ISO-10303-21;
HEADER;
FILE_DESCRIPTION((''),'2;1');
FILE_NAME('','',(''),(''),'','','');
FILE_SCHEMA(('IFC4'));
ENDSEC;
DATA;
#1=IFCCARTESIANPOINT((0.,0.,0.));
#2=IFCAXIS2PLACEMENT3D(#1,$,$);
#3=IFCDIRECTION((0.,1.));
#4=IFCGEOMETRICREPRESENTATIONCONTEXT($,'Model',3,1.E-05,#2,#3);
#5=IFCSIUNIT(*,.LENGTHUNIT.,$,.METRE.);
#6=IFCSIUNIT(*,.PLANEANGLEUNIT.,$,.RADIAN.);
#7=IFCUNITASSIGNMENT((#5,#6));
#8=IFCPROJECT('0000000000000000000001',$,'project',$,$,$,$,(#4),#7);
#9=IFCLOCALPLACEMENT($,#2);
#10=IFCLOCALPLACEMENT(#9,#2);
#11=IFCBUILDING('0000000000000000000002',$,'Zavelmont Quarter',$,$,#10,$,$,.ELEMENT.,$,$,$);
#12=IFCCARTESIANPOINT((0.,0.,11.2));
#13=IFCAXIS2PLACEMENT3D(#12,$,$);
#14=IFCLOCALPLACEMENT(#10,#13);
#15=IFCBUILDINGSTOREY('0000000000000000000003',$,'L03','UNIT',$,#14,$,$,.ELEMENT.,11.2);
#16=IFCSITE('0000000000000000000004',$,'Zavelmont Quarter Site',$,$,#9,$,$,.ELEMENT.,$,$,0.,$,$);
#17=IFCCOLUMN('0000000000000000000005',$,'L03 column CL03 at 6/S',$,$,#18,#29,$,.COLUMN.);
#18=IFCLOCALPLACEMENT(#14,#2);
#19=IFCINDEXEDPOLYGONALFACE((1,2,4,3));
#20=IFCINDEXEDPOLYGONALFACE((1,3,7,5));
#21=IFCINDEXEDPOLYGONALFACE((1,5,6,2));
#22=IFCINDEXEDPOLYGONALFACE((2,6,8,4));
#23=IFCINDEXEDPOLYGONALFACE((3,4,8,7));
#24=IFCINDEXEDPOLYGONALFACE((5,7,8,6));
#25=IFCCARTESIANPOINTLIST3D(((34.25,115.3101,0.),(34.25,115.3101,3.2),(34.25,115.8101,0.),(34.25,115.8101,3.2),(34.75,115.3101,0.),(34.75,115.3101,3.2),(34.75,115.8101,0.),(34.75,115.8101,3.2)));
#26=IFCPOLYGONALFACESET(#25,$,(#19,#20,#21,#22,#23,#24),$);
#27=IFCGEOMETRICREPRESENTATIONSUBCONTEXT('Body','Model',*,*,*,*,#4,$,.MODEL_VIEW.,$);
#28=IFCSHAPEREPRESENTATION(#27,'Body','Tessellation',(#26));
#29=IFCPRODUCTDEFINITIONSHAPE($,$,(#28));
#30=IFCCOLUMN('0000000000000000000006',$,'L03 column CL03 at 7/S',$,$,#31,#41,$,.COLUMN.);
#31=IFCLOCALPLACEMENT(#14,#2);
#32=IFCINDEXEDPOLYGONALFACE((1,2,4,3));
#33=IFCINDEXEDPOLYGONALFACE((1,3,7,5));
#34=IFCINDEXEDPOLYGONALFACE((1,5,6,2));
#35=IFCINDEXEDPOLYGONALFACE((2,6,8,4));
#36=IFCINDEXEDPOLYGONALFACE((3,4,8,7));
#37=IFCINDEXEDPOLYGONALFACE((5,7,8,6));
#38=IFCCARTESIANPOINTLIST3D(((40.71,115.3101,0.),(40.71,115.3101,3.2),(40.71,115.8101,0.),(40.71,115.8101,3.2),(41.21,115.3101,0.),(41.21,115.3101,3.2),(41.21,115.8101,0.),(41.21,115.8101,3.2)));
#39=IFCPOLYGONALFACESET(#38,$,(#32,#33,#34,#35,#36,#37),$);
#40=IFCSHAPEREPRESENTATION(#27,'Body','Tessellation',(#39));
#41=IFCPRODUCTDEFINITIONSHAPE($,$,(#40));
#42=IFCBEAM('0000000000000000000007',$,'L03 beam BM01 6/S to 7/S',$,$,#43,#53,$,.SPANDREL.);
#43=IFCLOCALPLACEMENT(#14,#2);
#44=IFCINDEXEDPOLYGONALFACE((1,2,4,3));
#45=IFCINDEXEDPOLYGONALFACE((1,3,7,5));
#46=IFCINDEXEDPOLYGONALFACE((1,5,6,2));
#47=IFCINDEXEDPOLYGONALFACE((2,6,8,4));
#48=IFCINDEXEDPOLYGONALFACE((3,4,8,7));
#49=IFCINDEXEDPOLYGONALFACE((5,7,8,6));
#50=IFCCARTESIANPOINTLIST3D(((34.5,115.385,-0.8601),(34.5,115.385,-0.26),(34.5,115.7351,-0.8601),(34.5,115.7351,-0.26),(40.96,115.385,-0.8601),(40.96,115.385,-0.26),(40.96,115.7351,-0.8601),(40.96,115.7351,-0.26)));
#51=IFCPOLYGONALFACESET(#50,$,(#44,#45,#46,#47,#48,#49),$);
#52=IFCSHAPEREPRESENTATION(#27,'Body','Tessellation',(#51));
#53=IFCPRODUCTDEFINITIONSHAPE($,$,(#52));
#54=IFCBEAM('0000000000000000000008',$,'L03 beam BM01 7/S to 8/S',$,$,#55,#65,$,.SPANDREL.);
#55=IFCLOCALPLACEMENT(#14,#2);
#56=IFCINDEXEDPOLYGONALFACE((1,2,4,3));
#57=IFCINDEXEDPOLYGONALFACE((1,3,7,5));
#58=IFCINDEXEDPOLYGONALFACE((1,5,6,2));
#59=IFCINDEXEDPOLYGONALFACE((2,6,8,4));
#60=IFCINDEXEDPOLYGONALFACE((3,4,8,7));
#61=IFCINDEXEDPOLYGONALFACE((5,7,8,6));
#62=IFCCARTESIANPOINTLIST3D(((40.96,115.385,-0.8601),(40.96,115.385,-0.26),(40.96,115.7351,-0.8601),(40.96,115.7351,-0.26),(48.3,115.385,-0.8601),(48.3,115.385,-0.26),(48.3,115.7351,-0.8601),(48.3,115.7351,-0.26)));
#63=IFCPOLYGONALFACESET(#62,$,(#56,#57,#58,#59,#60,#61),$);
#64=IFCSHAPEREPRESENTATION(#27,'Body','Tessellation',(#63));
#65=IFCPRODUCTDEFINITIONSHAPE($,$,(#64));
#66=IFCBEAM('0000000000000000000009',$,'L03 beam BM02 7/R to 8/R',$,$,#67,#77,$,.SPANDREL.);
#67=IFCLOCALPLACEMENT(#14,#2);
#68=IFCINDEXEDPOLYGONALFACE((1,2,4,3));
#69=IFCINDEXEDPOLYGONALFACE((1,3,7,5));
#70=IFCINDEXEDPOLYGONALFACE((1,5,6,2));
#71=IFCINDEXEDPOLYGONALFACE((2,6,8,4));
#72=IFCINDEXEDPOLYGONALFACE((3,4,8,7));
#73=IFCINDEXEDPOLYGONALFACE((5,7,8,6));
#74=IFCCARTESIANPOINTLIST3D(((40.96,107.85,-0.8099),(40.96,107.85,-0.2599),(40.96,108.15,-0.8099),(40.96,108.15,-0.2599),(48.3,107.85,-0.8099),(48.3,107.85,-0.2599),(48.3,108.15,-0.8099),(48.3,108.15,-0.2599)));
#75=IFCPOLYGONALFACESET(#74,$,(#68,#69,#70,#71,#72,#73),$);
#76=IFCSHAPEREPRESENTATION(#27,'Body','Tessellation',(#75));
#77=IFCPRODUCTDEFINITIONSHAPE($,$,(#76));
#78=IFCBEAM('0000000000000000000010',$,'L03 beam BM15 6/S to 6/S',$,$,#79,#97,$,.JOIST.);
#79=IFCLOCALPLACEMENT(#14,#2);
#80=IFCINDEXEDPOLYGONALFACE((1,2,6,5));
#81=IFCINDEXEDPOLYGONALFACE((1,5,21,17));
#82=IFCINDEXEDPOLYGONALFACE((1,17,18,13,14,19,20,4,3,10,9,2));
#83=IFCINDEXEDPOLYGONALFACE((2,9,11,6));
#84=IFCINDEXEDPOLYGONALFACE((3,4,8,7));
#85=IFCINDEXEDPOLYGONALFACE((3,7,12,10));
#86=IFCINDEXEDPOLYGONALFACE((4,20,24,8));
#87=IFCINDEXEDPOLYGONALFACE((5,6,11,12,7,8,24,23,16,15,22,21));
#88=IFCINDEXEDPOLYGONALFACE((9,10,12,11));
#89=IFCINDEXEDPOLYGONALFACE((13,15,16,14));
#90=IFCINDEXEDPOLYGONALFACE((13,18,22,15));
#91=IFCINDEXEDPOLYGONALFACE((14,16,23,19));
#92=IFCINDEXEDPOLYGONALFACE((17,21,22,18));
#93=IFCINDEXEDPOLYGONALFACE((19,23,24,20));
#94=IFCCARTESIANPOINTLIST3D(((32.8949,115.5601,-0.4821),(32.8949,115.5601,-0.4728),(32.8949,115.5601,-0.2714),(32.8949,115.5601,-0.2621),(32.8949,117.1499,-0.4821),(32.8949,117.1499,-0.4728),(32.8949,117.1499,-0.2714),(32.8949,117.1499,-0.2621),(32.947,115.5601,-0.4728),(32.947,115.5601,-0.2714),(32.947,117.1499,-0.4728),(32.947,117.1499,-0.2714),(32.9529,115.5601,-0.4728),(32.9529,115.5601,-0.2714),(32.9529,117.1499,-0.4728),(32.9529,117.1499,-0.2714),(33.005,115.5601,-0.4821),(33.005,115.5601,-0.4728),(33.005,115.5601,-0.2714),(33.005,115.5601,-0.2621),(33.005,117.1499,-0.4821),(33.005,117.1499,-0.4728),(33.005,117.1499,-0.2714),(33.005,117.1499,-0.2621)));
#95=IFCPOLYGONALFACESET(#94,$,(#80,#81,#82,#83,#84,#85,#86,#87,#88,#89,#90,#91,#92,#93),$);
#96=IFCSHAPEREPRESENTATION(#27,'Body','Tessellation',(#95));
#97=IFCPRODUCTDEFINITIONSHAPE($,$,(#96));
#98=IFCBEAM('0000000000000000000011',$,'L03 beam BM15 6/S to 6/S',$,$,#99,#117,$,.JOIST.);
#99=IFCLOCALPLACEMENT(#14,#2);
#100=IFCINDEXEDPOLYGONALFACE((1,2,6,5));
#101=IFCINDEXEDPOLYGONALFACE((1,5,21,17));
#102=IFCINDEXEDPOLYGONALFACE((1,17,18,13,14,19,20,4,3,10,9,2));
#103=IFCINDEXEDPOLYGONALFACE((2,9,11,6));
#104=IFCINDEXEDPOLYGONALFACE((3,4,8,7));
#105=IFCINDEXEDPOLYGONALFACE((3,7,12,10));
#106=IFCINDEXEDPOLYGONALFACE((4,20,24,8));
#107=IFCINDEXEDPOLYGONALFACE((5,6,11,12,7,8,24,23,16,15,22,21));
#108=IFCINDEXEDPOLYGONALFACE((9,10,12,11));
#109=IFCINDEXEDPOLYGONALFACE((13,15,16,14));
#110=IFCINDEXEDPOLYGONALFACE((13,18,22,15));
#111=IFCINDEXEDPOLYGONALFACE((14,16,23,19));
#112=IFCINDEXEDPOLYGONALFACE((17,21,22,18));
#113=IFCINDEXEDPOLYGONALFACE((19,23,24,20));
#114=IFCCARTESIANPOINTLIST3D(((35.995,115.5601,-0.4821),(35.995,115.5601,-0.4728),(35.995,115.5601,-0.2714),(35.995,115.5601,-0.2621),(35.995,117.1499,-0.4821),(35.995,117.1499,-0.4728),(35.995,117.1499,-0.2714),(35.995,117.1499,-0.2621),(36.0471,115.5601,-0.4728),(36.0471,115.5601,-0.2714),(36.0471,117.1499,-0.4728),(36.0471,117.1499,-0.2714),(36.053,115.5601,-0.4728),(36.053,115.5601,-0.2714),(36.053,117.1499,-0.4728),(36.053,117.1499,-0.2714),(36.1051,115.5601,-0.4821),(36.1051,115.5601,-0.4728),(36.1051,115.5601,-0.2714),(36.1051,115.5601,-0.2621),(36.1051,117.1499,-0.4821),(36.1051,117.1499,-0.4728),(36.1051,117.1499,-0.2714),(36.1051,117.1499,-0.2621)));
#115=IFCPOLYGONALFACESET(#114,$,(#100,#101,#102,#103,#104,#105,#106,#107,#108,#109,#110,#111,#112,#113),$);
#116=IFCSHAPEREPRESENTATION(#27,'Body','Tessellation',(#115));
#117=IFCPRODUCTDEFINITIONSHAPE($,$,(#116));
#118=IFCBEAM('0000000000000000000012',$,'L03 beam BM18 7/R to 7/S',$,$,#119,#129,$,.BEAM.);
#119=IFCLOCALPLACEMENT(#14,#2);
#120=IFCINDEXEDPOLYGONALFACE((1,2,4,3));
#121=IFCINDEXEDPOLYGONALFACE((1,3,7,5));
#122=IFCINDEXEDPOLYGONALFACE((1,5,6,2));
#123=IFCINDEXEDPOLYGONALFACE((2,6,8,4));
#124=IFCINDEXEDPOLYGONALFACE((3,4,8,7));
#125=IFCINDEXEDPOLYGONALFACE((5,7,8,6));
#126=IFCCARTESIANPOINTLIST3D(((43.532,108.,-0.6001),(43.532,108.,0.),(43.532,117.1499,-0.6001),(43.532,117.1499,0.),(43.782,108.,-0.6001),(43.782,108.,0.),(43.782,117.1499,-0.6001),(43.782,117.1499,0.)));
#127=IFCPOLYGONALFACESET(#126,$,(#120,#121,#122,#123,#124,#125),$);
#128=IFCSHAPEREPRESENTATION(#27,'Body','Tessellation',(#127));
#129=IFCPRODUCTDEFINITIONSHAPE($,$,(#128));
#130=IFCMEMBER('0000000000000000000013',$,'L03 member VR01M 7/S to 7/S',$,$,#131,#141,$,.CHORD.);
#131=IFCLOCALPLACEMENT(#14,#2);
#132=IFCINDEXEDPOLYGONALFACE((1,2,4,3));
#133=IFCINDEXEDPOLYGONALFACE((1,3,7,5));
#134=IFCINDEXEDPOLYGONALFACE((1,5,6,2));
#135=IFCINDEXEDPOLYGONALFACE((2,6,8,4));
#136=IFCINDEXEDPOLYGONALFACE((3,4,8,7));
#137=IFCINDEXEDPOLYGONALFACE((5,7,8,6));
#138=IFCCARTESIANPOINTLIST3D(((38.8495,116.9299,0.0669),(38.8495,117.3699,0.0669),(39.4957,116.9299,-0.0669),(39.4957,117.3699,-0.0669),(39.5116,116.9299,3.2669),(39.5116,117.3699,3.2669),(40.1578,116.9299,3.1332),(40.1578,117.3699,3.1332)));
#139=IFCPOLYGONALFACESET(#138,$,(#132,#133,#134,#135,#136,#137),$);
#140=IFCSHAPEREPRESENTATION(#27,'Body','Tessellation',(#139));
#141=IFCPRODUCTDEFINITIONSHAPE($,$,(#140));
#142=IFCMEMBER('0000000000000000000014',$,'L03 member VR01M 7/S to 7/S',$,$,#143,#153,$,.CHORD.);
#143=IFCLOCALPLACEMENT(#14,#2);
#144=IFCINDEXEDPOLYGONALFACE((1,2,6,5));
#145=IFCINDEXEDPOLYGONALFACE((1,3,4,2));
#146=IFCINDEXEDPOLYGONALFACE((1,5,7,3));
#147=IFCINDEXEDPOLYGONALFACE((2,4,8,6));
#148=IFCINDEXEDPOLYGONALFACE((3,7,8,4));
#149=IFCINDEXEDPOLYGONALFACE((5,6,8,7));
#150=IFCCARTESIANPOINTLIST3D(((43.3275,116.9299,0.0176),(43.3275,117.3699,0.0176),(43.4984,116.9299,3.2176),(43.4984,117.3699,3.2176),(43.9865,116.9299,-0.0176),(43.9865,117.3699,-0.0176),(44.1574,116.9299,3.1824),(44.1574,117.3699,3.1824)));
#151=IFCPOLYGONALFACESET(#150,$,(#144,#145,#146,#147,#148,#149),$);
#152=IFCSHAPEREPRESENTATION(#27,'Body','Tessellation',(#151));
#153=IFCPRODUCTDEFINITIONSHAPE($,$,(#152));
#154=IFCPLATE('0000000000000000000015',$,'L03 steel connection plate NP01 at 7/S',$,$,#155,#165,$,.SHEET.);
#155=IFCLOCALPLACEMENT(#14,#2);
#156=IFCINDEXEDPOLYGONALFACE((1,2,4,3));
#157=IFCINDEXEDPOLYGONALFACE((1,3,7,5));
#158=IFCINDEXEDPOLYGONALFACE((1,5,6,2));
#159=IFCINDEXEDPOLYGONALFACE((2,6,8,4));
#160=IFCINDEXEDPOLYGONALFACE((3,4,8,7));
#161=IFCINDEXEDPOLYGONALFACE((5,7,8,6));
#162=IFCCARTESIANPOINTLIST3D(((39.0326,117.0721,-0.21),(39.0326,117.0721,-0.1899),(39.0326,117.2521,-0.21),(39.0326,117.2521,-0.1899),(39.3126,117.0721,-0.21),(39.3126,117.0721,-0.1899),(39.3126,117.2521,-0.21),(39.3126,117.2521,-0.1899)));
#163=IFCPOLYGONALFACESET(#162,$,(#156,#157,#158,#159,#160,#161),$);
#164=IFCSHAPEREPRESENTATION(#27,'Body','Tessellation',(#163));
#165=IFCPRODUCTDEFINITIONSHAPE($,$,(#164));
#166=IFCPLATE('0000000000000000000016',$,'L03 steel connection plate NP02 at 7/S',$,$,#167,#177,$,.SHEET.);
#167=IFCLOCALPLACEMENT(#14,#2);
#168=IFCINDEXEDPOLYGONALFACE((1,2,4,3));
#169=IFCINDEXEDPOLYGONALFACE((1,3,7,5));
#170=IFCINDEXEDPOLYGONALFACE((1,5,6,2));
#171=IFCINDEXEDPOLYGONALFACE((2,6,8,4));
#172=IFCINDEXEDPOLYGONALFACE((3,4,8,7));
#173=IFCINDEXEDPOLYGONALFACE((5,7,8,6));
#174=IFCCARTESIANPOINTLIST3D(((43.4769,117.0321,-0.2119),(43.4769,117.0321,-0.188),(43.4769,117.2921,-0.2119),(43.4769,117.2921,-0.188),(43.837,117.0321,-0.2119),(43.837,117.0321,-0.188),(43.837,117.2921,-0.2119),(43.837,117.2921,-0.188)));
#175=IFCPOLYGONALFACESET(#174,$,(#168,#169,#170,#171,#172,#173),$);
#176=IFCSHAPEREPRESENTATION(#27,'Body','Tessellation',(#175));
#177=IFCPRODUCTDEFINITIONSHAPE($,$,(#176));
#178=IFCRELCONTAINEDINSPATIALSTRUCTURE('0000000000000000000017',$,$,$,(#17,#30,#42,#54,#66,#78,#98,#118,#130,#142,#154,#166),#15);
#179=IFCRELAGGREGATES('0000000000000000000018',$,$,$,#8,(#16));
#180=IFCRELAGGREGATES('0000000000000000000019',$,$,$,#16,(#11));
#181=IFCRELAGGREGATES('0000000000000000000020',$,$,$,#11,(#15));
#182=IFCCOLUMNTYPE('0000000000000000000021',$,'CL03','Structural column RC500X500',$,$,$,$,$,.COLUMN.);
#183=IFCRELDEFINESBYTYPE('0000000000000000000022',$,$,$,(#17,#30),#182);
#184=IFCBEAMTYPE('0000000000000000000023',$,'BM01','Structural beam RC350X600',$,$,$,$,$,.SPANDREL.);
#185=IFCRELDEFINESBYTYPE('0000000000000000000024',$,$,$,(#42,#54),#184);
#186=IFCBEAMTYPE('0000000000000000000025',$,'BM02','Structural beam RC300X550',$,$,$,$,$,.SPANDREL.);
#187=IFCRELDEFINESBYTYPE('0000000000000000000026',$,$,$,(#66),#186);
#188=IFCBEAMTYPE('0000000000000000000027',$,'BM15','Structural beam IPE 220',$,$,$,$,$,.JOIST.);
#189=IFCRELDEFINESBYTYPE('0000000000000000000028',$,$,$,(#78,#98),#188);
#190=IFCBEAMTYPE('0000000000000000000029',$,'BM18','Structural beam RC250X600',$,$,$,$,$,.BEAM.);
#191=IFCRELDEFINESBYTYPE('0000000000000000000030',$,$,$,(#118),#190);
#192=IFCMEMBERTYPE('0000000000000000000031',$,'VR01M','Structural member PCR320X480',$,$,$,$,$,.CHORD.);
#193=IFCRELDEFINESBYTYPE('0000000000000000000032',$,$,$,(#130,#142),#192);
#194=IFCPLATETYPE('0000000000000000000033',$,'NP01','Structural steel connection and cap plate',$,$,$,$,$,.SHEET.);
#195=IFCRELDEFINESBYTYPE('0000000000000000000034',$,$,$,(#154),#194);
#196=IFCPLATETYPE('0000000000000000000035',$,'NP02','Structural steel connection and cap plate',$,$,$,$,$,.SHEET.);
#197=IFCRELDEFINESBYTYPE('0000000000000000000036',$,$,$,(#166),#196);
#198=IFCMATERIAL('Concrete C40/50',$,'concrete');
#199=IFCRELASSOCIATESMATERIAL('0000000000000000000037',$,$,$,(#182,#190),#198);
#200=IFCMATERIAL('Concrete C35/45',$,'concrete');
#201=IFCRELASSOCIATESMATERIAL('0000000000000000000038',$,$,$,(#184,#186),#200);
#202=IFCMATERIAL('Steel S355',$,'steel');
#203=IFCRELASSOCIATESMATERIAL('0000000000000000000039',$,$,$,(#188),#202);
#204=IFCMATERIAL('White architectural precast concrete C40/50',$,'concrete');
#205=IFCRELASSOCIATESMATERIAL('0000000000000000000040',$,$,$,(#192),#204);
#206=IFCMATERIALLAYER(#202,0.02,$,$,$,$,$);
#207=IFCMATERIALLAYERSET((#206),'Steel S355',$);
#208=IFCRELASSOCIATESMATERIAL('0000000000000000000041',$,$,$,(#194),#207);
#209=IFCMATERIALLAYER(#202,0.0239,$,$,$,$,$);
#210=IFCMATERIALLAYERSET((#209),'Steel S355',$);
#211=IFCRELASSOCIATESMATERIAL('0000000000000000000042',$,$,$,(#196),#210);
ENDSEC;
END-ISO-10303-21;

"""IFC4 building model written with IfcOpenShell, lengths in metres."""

from ifc_helpers import new_model, si_unit, direction, frame, origin, origin_2d, place, context, subcontext, project, spatial, rectangle, i_section, extrude, material, layer, layer_set, material_profile, profile_set, type_object, element, save


model = new_model("IFC4")

# Units and contexts
model_context = context("Model", 3, precision=1e-05, world=origin(), true_north=direction((0.0, 1.0)))
body_context = subcontext(model_context, "Body", "Model", "MODEL_VIEW")
ifc_project = project(units=[si_unit("LENGTHUNIT", "METRE"), si_unit("PLANEANGLEUNIT", "RADIAN")], contexts=[model_context])

# Site, building, storey
site_placement = place(None, origin())
site = spatial("IfcSite", under=ifc_project, at=site_placement, Name="Zavelmont Quarter Site", CompositionType="ELEMENT", RefElevation=0.0)
building_placement = place(site_placement, origin())
building = spatial("IfcBuilding", under=site, at=building_placement, Name="Zavelmont Quarter", CompositionType="ELEMENT")
storey_placement = place(building_placement, frame((0.0, 0.0, 11.2)))
storey = spatial("IfcBuildingStorey", under=building, at=storey_placement, Name="L03", Description="UNIT", CompositionType="ELEMENT", Elevation=11.2)

# Columns
ifc_material_1 = material(Name="Concrete C40/50", Category="concrete")
ifc_material_profile_1 = material_profile(ifc_material_1, rectangle(XDim=0.5, YDim=0.5, at=origin_2d()), Name="RC500X500")
ifc_profile_set_1 = profile_set([ifc_material_profile_1], Name="Concrete C40/50")
column_type = type_object("IfcColumnType", Name="CL03", Description="Structural column RC500X500", PredefinedType="COLUMN", material=ifc_profile_set_1)
for number, where, z_axis, x_axis, name in (
    (1, (34.5, 115.5601, 0.0), (0.0, 0.0, 1.0), (1.0, 0.0, 0.0), "L03 column CL03 at 6/S"),
    (2, (40.96, 115.5601, 0.0), (0.0, 0.0, 1.0), (1.0, 0.0, 0.0), "L03 column CL03 at 7/S"),
):
    element("IfcColumn", number, at=place(storey_placement, frame(where, z_axis=z_axis, x_axis=x_axis)), inside=storey, type_object=column_type, Name=name, PredefinedType="COLUMN", context=body_context, shape_type="SweptSolid", body=[
        extrude(rectangle(XDim=0.5, YDim=0.5, at=origin_2d()), origin(), (0.0, 0.0, 1.0), 3.2),
    ])

# Beams
ifc_material_2 = material(Name="Concrete C35/45", Category="concrete")
ifc_material_profile_2 = material_profile(ifc_material_2, rectangle(XDim=0.3501, YDim=0.6001, at=origin_2d()), Name="RC350X600")
ifc_profile_set_2 = profile_set([ifc_material_profile_2], Name="Concrete C35/45")
beam_type_1 = type_object("IfcBeamType", Name="BM01", Description="Structural beam RC350X600", PredefinedType="SPANDREL", material=ifc_profile_set_2)
beam_1_placement = place(storey_placement, frame((34.5, 115.5601, -0.5601), z_axis=(1.0, 0.0, 0.0), x_axis=(0.0, 1.0, 0.0)))
element("IfcBeam", 3, at=beam_1_placement, inside=storey, type_object=beam_type_1, Name="L03 beam BM01 6/S to 7/S", PredefinedType="SPANDREL", context=body_context, shape_type="SweptSolid", body=[
    extrude(rectangle(XDim=0.3501, YDim=0.6001, at=origin_2d()), origin(), (0.0, 0.0, 1.0), 6.46),
])
beam_2_placement = place(storey_placement, frame((40.96, 115.5601, -0.5601), z_axis=(1.0, 0.0, 0.0), x_axis=(0.0, 1.0, 0.0)))
element("IfcBeam", 4, at=beam_2_placement, inside=storey, type_object=beam_type_1, Name="L03 beam BM01 7/S to 8/S", PredefinedType="SPANDREL", context=body_context, shape_type="SweptSolid", body=[
    extrude(rectangle(XDim=0.3501, YDim=0.6001, at=origin_2d()), origin(), (0.0, 0.0, 1.0), 7.3401),
])
ifc_material_profile_3 = material_profile(ifc_material_2, rectangle(XDim=0.3, YDim=0.55, at=origin_2d()), Name="RC300X550")
ifc_profile_set_3 = profile_set([ifc_material_profile_3], Name="Concrete C35/45")
beam_type_2 = type_object("IfcBeamType", Name="BM02", Description="Structural beam RC300X550", PredefinedType="SPANDREL", material=ifc_profile_set_3)
beam_3_placement = place(storey_placement, frame((40.96, 108.0, -0.5349), z_axis=(1.0, 0.0, 0.0), x_axis=(0.0, 1.0, 0.0)))
element("IfcBeam", 5, at=beam_3_placement, inside=storey, type_object=beam_type_2, Name="L03 beam BM02 7/R to 8/R", PredefinedType="SPANDREL", context=body_context, shape_type="SweptSolid", body=[
    extrude(rectangle(XDim=0.3, YDim=0.55, at=origin_2d()), origin(), (0.0, 0.0, 1.0), 7.3401),
])
ifc_material_3 = material(Name="Steel S355", Category="steel")
ifc_material_profile_4 = material_profile(ifc_material_3, i_section(OverallWidth=0.1101, OverallDepth=0.22, WebThickness=0.0059, FlangeThickness=0.0093, at=origin_2d()), Name="IPE 220")
ifc_profile_set_4 = profile_set([ifc_material_profile_4], Name="Steel S355")
beam_type_3 = type_object("IfcBeamType", Name="BM15", Description="Structural beam IPE 220", PredefinedType="JOIST", material=ifc_profile_set_4)
for number, where, z_axis, x_axis, name in (
    (6, (32.95, 115.5601, -0.3721), (0.0, 1.0, 0.0), (-1.0, 0.0, 0.0), "L03 beam BM15 6/S to 6/S"),
    (7, (36.05, 115.5601, -0.3721), (0.0, 1.0, 0.0), (-1.0, 0.0, 0.0), "L03 beam BM15 6/S to 6/S"),
):
    element("IfcBeam", number, at=place(storey_placement, frame(where, z_axis=z_axis, x_axis=x_axis)), inside=storey, type_object=beam_type_3, Name=name, PredefinedType="JOIST", context=body_context, shape_type="SweptSolid", body=[
        extrude(i_section(OverallWidth=0.1101, OverallDepth=0.22, WebThickness=0.0059, FlangeThickness=0.0093, at=origin_2d()), origin(), (0.0, 0.0, 1.0), 1.5898),
    ])
ifc_material_profile_5 = material_profile(ifc_material_1, rectangle(XDim=0.25, YDim=0.6001, at=origin_2d()), Name="RC250X600")
ifc_profile_set_5 = profile_set([ifc_material_profile_5], Name="Concrete C40/50")
beam_type_4 = type_object("IfcBeamType", Name="BM18", Description="Structural beam RC250X600", PredefinedType="BEAM", material=ifc_profile_set_5)
beam_4_placement = place(storey_placement, frame((43.657, 108.0, -0.3), z_axis=(0.0, 1.0, 0.0), x_axis=(-1.0, 0.0, 0.0)))
element("IfcBeam", 8, at=beam_4_placement, inside=storey, type_object=beam_type_4, Name="L03 beam BM18 7/R to 7/S", PredefinedType="BEAM", context=body_context, shape_type="SweptSolid", body=[
    extrude(rectangle(XDim=0.25, YDim=0.6001, at=origin_2d()), origin(), (0.0, 0.0, 1.0), 9.1499),
])

# Members
ifc_material_4 = material(Name="White architectural precast concrete C40/50", Category="concrete")
ifc_material_profile_6 = material_profile(ifc_material_4, rectangle(XDim=0.4399, YDim=0.6599, at=origin_2d()), Name="PCR320X480")
ifc_profile_set_6 = profile_set([ifc_material_profile_6], Name="White architectural precast concrete C40/50")
member_type = type_object("IfcMemberType", Name="VR01M", Description="Structural member PCR320X480", PredefinedType="CHORD", material=ifc_profile_set_6)
member_1_placement = place(storey_placement, frame((39.1726, 117.1499, 0.0), z_axis=(0.20262, 0.0, 0.979257), x_axis=(0.0, 1.0, 0.0)))
element("IfcMember", 9, at=member_1_placement, inside=storey, type_object=member_type, Name="L03 member VR01M 7/S to 7/S", PredefinedType="CHORD", context=body_context, shape_type="SweptSolid", body=[
    extrude(rectangle(XDim=0.4399, YDim=0.6599, at=origin_2d()), origin(), (0.0, 0.0, 1.0), 3.2678),
])
member_2_placement = place(storey_placement, frame((43.657, 117.1499, 0.0), z_axis=(0.053331, 0.0, 0.998577), x_axis=(0.0, 1.0, 0.0)))
element("IfcMember", 10, at=member_2_placement, inside=storey, type_object=member_type, Name="L03 member VR01M 7/S to 7/S", PredefinedType="CHORD", context=body_context, shape_type="SweptSolid", body=[
    extrude(rectangle(XDim=0.4399, YDim=0.6599, at=origin_2d()), origin(), (0.0, 0.0, 1.0), 3.2046),
])

# Plates
ifc_layer_1 = layer(ifc_material_3, 0.02)
ifc_layer_set_1 = layer_set([ifc_layer_1], Name="Steel S355")
plate_type_1 = type_object("IfcPlateType", Name="NP01", Description="Structural steel connection and cap plate", PredefinedType="SHEET", material=ifc_layer_set_1)
plate_1_placement = place(storey_placement, frame((39.1726, 117.1621, -0.21), z_axis=(0.0, 0.0, 1.0), x_axis=(1.0, 0.0, 0.0)))
element("IfcPlate", 11, at=plate_1_placement, inside=storey, type_object=plate_type_1, Name="L03 steel connection plate NP01 at 7/S", PredefinedType="SHEET", context=body_context, shape_type="SweptSolid", body=[
    extrude(rectangle(XDim=0.28, YDim=0.1799, at=origin_2d()), origin(), (0.0, 0.0, 1.0), 0.02),
])
ifc_layer_2 = layer(ifc_material_3, 0.0239)
ifc_layer_set_2 = layer_set([ifc_layer_2], Name="Steel S355")
plate_type_2 = type_object("IfcPlateType", Name="NP02", Description="Structural steel connection and cap plate", PredefinedType="SHEET", material=ifc_layer_set_2)
plate_2_placement = place(storey_placement, frame((43.657, 117.1621, -0.2119), z_axis=(0.0, 0.0, 1.0), x_axis=(1.0, 0.0, 0.0)))
element("IfcPlate", 12, at=plate_2_placement, inside=storey, type_object=plate_type_2, Name="L03 steel connection plate NP02 at 7/S", PredefinedType="SHEET", context=body_context, shape_type="SweptSolid", body=[
    extrude(rectangle(XDim=0.3601, YDim=0.26, at=origin_2d()), origin(), (0.0, 0.0, 1.0), 0.0239),
])

save(model, "model.ifc")
